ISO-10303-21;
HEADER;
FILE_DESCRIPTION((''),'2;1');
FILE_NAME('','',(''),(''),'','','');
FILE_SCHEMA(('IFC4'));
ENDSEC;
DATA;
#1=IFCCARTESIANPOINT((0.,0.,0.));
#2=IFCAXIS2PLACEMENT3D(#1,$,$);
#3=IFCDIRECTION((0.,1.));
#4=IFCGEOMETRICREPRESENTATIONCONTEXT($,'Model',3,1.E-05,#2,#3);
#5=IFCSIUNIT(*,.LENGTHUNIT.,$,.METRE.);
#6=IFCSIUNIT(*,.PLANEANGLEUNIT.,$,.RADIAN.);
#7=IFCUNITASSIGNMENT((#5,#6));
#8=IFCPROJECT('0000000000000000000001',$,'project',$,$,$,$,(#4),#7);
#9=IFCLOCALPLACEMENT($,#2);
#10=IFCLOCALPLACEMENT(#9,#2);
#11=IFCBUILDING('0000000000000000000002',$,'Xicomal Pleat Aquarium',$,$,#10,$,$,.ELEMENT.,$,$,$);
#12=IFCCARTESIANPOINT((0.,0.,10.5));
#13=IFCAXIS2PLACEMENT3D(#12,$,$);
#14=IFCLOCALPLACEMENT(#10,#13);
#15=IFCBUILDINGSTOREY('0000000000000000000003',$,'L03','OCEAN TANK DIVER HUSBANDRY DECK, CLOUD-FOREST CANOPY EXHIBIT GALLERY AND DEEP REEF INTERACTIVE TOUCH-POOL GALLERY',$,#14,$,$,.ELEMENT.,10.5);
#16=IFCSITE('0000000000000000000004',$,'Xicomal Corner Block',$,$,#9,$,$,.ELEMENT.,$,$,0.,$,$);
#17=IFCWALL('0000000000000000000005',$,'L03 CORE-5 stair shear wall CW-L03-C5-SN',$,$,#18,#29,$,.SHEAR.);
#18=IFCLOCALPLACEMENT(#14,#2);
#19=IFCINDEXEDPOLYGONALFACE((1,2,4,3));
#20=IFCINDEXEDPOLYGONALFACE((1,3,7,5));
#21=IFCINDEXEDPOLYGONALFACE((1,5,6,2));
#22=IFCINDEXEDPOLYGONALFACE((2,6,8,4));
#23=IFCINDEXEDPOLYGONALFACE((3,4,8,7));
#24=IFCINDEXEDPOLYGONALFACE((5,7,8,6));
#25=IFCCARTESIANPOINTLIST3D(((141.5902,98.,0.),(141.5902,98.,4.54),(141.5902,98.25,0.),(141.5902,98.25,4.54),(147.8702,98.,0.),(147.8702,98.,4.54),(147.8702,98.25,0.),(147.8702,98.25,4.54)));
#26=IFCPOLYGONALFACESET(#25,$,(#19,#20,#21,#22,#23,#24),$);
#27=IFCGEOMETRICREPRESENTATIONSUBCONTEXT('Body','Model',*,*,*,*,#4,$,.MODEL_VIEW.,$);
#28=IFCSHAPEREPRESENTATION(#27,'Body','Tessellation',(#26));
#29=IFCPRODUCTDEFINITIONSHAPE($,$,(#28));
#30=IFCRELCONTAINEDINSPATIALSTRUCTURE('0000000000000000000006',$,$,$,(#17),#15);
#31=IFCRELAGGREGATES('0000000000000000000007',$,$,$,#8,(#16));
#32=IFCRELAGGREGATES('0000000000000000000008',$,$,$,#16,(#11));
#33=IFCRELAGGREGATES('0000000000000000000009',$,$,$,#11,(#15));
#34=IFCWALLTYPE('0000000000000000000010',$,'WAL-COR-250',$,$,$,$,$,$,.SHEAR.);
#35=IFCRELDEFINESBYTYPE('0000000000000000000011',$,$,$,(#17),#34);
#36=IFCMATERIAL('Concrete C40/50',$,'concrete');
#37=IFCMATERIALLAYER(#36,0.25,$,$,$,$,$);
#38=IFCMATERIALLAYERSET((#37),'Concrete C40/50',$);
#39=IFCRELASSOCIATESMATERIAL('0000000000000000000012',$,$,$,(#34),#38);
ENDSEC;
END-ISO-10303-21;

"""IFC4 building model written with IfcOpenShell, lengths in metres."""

from ifc_helpers import new_model, si_unit, direction, frame, frame_2d, origin, place, context, subcontext, project, spatial, rectangle, extrude, material, layer, layer_set, type_object, element, save


model = new_model("IFC4")

# Units and contexts
model_context = context("Model", 3, precision=1e-05, world=origin(), true_north=direction((0.0, 1.0)))
body_context = subcontext(model_context, "Body", "Model", "MODEL_VIEW")
ifc_project = project(units=[si_unit("LENGTHUNIT", "METRE"), si_unit("PLANEANGLEUNIT", "RADIAN")], contexts=[model_context])

# Site, building, storey
site_placement = place(None, origin())
site = spatial("IfcSite", under=ifc_project, at=site_placement, Name="Xicomal Corner Block", CompositionType="ELEMENT", RefElevation=0.0)
building_placement = place(site_placement, origin())
building = spatial("IfcBuilding", under=site, at=building_placement, Name="Xicomal Pleat Aquarium", CompositionType="ELEMENT")
storey_placement = place(building_placement, frame((0.0, 0.0, 10.5)))
storey = spatial("IfcBuildingStorey", under=building, at=storey_placement, Name="L03", Description="OCEAN TANK DIVER HUSBANDRY DECK, CLOUD-FOREST CANOPY EXHIBIT GALLERY AND DEEP REEF INTERACTIVE TOUCH-POOL GALLERY", CompositionType="ELEMENT", Elevation=10.5)

# Wall
ifc_material_1 = material(Name="Concrete C40/50", Category="concrete")
ifc_layer_1 = layer(ifc_material_1, 0.25)
ifc_layer_set_1 = layer_set([ifc_layer_1], Name="Concrete C40/50")
wall_type = type_object("IfcWallType", Name="WAL-COR-250", PredefinedType="SHEAR", material=ifc_layer_set_1)
wall_placement = place(storey_placement, frame((141.5901, 98.125, 0.0), z_axis=(0.0, 0.0, 1.0), x_axis=(1.0, 0.0, 0.0)))
element("IfcWall", 1, at=wall_placement, inside=storey, type_object=wall_type, Name="L03 CORE-5 stair shear wall CW-L03-C5-SN", PredefinedType="SHEAR", context=body_context, shape_type="SweptSolid", body=[
    extrude(rectangle(XDim=6.28, YDim=0.25, at=frame_2d((3.1401, 0.0))), origin(), (0.0, 0.0, 1.0), 4.54),
])

save(model, "model.ifc")
